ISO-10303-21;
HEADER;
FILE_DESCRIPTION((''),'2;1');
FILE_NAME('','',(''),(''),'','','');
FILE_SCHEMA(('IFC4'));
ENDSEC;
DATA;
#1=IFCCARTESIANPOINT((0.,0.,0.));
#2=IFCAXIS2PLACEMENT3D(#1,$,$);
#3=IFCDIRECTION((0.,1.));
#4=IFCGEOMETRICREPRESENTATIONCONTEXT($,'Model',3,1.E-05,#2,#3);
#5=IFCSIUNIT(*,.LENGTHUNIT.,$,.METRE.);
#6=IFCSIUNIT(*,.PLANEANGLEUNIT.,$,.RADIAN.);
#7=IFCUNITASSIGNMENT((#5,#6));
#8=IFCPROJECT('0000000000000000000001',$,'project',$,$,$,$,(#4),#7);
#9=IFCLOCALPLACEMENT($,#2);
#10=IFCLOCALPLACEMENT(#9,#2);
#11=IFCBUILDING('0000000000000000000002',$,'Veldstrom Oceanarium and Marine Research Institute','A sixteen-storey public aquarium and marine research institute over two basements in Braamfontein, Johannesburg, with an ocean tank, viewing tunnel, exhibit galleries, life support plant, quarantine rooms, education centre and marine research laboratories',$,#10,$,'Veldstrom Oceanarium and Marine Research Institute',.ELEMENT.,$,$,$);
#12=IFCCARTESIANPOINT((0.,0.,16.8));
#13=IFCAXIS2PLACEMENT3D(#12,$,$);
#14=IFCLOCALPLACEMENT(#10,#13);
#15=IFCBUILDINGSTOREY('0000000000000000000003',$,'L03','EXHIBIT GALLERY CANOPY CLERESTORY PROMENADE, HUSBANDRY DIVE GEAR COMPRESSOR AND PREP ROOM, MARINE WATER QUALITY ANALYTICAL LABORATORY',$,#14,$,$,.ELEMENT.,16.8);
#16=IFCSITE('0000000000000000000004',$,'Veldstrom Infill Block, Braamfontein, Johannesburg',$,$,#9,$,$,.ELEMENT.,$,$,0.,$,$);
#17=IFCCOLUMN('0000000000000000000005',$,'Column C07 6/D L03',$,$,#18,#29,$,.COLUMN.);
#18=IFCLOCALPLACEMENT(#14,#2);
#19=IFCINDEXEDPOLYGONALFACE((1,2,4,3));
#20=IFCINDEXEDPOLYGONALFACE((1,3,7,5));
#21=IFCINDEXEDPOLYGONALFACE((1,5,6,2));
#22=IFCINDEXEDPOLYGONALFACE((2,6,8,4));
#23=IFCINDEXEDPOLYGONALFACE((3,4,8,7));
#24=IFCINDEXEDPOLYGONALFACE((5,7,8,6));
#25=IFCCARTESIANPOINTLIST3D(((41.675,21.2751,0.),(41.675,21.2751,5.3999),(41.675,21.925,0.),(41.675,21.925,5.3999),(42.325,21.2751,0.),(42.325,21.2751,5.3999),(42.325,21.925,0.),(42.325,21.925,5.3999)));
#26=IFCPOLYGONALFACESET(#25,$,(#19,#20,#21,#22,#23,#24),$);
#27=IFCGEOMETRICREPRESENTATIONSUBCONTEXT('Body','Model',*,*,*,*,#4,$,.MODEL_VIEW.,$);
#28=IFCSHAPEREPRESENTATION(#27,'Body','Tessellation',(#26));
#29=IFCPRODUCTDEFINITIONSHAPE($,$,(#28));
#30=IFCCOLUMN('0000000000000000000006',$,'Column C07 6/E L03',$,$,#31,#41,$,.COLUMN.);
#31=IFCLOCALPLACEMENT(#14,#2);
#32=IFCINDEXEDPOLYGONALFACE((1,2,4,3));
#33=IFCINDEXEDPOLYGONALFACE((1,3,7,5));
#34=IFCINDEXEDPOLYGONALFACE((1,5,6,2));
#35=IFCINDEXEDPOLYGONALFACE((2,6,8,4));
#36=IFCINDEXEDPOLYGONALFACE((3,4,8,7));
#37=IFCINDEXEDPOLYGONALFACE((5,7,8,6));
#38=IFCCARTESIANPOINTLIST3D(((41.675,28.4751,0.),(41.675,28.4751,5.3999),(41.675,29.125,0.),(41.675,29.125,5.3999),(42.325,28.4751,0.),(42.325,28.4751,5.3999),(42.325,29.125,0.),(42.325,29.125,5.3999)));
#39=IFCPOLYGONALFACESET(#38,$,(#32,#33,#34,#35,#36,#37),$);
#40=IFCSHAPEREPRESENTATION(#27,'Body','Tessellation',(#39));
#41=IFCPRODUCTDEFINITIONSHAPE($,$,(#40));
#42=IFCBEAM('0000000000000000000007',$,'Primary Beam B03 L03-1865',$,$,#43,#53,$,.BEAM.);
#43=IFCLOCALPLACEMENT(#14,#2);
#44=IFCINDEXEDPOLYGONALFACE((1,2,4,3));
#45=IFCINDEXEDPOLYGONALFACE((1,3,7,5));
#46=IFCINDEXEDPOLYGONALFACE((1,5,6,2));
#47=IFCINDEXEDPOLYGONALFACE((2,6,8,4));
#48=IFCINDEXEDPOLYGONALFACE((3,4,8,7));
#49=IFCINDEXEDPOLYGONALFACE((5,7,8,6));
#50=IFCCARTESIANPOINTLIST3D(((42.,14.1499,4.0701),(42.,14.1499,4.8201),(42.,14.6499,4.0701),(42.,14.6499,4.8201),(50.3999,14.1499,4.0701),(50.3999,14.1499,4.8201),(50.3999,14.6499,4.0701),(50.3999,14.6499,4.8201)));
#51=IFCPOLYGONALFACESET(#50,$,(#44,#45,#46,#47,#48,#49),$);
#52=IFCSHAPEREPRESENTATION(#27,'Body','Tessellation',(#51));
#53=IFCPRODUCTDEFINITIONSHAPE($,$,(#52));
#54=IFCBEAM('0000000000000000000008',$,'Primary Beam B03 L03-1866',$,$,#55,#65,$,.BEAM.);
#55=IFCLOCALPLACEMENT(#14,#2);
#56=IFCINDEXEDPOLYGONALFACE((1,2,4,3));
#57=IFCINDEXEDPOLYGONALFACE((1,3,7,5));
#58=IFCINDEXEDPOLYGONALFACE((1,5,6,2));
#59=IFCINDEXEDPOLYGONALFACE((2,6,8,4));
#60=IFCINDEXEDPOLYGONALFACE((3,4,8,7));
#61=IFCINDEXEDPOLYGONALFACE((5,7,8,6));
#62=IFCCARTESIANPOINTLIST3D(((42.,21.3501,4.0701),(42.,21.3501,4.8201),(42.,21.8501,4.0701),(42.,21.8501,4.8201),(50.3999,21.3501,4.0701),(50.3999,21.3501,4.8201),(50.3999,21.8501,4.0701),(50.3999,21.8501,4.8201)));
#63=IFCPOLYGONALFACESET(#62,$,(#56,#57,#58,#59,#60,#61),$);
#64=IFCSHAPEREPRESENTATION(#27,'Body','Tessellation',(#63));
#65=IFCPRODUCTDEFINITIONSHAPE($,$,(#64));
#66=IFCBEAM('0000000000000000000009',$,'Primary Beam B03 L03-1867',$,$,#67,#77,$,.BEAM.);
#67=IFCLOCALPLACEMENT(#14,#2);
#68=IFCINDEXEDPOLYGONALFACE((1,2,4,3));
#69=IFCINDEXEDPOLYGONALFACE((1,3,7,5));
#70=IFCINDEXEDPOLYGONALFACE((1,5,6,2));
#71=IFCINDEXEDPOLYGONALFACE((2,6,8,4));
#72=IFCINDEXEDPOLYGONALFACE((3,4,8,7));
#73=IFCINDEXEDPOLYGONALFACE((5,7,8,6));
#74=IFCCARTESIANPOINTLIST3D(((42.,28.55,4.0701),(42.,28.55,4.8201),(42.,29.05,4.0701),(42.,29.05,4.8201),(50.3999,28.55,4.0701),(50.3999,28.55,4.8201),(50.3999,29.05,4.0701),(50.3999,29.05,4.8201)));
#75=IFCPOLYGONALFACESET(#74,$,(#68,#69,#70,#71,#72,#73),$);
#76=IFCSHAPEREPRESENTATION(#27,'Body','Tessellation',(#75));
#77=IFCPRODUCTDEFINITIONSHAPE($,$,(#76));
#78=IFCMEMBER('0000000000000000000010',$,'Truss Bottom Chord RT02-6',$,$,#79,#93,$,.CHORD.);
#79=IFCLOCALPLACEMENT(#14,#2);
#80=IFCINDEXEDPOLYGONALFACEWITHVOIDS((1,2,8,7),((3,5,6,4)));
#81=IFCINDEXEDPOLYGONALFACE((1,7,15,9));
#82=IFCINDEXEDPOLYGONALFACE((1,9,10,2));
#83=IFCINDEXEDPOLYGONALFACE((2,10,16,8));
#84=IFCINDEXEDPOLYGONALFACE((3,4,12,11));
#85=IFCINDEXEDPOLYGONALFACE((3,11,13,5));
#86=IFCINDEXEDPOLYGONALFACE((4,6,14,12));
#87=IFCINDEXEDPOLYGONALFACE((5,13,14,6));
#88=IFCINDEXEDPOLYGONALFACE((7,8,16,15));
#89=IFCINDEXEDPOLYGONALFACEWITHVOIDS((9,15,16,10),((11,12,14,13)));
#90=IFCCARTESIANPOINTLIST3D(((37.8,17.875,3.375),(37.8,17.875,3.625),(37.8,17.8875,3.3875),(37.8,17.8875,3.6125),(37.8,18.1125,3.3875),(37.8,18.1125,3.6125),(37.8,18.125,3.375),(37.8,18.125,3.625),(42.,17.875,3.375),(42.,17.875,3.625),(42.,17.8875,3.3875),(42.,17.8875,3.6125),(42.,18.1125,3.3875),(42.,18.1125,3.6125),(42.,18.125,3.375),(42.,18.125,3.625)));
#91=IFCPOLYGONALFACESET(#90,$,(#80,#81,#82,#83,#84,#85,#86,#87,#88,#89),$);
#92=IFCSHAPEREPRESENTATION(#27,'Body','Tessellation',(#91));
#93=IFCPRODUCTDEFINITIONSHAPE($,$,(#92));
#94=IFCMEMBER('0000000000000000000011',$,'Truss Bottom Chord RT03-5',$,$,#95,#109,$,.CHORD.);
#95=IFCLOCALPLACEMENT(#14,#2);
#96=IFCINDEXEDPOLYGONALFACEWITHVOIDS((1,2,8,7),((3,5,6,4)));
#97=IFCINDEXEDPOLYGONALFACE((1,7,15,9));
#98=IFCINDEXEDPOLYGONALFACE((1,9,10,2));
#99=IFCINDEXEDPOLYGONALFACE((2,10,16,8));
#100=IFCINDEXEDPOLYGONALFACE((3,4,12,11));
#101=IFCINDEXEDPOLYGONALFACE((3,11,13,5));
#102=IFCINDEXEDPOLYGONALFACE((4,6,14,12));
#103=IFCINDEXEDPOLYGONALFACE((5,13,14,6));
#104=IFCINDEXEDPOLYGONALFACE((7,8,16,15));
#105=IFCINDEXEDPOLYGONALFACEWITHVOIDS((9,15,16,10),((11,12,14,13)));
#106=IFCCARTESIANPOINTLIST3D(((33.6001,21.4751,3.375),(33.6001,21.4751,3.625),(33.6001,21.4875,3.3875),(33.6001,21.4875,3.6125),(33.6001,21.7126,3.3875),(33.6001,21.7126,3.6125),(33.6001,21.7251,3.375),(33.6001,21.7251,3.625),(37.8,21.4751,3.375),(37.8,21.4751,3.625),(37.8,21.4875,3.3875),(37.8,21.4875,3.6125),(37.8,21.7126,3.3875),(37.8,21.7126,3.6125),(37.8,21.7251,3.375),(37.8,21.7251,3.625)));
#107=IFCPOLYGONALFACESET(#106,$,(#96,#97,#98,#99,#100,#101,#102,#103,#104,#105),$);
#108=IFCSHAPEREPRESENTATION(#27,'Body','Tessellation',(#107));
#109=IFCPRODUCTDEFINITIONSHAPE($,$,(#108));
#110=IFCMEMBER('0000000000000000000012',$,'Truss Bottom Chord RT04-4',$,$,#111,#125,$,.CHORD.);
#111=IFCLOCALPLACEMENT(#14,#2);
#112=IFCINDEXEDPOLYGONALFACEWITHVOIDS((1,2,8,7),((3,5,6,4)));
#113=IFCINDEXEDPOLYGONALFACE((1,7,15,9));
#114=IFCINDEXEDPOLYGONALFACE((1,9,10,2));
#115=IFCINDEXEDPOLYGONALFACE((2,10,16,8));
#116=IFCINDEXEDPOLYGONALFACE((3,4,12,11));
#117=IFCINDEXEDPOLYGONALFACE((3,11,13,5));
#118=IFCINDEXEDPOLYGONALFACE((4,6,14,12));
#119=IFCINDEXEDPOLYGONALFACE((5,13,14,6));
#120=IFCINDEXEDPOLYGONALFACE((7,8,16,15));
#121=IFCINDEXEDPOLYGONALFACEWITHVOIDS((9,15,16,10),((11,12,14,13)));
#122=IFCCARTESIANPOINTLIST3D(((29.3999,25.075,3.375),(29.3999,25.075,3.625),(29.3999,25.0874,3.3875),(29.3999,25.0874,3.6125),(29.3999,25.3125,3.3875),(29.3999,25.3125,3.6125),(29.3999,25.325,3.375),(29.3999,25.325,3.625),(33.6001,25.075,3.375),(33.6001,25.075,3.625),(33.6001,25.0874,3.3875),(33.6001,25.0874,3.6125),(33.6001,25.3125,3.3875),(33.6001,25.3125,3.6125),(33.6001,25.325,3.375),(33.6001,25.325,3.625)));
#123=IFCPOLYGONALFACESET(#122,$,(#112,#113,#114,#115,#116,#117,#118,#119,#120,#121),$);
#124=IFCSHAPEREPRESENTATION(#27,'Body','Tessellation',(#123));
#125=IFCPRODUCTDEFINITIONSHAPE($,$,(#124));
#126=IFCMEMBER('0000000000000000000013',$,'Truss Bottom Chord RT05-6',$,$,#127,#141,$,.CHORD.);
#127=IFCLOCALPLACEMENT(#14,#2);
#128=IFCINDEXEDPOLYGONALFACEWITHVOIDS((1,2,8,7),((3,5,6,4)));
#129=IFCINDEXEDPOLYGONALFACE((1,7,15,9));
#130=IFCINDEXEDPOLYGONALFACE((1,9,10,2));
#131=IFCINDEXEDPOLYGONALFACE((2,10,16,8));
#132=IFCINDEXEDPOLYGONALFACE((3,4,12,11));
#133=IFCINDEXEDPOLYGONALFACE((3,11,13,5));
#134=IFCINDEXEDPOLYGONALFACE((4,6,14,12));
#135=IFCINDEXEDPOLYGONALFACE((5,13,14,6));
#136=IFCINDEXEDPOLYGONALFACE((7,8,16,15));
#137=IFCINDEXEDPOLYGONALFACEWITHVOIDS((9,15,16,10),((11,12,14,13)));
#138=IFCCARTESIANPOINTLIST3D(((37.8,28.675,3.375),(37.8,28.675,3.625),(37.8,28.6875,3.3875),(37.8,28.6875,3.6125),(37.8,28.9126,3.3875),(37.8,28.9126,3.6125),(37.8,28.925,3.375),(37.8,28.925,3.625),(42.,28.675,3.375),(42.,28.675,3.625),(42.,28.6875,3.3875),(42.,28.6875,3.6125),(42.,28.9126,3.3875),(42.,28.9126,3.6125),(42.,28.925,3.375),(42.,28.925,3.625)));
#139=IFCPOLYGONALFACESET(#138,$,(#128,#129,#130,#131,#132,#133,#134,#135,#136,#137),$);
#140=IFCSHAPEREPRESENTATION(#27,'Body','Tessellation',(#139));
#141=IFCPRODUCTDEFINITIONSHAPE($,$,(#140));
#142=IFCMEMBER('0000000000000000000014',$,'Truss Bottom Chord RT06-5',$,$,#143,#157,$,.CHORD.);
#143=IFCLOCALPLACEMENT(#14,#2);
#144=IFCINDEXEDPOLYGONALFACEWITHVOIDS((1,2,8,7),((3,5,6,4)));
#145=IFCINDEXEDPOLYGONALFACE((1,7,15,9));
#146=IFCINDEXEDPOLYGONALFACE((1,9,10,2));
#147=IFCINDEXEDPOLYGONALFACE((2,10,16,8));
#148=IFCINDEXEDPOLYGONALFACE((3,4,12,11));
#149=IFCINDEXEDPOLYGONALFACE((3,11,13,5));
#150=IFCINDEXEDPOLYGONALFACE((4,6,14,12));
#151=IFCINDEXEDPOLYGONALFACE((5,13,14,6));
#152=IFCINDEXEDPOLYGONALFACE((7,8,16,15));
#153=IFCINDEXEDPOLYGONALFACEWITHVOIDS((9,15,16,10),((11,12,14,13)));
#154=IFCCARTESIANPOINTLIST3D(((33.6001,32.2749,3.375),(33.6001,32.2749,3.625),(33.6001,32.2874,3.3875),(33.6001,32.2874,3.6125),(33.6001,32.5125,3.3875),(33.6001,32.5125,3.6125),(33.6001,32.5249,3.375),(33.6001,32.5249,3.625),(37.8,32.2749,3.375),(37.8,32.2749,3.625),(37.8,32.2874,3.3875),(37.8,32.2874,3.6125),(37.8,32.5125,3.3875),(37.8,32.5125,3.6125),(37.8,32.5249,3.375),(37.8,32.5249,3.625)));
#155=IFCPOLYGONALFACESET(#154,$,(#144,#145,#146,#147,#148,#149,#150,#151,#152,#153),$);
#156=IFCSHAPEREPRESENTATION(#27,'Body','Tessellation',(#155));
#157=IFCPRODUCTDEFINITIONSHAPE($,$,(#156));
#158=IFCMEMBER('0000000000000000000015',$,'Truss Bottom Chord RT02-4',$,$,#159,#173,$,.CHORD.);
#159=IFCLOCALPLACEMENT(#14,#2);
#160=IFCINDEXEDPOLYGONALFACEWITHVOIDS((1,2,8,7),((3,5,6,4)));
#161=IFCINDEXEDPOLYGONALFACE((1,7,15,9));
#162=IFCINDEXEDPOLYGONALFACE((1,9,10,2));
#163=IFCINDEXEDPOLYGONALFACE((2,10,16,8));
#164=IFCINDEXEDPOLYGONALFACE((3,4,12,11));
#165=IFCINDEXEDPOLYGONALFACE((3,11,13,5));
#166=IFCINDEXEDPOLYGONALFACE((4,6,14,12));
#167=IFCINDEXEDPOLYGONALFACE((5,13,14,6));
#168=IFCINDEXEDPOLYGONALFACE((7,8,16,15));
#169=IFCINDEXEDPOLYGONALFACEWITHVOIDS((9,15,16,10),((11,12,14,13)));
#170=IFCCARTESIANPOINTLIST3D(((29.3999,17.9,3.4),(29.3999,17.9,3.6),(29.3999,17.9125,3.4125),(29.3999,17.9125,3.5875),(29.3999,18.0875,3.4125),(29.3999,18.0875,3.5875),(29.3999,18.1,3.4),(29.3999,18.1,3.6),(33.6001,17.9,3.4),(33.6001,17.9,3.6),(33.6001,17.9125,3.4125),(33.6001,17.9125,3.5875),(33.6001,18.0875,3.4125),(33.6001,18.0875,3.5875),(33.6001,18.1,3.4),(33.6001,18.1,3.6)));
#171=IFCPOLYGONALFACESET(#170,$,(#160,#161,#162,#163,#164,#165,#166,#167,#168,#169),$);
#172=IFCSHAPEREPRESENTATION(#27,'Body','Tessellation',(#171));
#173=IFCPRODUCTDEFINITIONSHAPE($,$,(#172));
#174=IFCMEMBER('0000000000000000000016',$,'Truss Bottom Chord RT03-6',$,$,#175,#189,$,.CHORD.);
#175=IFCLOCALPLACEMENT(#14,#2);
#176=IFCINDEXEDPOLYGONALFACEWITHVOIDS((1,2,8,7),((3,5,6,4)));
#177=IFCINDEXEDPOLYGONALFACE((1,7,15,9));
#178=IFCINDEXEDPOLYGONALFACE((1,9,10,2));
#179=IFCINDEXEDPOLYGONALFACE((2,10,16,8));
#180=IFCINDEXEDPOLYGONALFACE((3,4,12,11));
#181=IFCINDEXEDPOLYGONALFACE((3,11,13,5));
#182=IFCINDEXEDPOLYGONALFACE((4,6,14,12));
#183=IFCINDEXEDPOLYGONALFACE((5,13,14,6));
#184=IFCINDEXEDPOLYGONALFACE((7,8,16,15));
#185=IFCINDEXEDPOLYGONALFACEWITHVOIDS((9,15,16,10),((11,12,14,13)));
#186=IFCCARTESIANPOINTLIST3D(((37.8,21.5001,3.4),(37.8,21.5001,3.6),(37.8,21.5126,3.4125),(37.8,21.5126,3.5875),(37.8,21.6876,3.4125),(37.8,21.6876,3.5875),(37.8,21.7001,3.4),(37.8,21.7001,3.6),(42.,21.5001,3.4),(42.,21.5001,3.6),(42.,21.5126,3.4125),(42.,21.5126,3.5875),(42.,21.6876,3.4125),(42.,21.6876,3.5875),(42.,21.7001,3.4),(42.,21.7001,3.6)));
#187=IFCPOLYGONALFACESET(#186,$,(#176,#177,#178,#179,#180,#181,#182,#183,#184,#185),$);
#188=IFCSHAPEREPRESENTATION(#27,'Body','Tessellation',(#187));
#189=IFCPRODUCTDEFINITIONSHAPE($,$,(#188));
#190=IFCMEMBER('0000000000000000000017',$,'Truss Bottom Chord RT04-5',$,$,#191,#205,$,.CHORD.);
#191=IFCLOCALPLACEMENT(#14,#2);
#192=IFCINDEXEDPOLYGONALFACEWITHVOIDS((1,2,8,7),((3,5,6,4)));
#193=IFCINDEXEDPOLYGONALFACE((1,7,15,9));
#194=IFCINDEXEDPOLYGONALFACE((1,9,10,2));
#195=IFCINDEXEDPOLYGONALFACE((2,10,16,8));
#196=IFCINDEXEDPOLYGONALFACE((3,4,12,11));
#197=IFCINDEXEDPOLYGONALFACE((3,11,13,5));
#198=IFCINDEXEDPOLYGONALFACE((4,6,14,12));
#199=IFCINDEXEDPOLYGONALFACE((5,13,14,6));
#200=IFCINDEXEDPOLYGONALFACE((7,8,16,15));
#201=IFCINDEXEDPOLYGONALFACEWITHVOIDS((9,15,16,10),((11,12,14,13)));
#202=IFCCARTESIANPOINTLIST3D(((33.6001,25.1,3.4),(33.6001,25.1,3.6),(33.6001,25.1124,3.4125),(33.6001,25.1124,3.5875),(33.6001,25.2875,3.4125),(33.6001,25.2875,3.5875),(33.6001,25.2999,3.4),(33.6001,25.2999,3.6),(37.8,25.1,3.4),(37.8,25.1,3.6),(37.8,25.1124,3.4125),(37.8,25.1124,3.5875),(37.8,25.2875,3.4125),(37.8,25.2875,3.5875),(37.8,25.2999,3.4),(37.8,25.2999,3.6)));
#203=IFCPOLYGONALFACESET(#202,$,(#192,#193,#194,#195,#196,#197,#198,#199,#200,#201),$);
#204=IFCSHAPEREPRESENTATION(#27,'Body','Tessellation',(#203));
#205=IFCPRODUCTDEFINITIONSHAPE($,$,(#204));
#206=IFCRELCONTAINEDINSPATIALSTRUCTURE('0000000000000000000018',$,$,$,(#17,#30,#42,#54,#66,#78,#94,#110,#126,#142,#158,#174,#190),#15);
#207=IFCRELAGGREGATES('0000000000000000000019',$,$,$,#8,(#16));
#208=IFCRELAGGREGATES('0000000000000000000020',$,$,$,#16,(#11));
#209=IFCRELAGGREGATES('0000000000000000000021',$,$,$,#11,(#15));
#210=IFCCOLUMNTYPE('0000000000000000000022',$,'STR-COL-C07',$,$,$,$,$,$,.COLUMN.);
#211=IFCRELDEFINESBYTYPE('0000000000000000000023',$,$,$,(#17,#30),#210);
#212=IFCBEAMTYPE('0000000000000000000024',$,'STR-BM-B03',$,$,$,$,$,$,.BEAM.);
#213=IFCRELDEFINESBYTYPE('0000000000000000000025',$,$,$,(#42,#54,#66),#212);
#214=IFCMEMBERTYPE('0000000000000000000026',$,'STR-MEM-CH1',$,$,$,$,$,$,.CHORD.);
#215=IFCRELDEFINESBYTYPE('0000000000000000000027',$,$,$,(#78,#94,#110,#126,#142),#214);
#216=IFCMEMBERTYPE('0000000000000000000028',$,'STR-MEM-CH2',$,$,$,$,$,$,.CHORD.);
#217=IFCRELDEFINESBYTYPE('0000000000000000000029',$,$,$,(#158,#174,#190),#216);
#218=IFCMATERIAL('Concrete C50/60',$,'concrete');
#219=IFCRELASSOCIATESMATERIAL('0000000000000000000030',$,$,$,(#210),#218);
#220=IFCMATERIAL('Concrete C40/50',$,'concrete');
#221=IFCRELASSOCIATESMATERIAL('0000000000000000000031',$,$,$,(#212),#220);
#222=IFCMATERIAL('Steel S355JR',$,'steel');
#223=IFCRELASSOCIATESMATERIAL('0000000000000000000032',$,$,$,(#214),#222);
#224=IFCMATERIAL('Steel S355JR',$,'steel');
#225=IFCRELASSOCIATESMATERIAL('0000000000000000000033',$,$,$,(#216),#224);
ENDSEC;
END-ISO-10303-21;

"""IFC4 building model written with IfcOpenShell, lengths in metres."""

from ifc_helpers import new_model, si_unit, direction, frame, origin, origin_2d, place, context, subcontext, project, spatial, rectangle, hollow_rectangle, extrude, material, material_profile, profile_set, type_object, element, save


model = new_model("IFC4")

# Units and contexts
model_context = context("Model", 3, precision=1e-05, world=origin(), true_north=direction((0.0, 1.0)))
body_context = subcontext(model_context, "Body", "Model", "MODEL_VIEW")
ifc_project = project(units=[si_unit("LENGTHUNIT", "METRE"), si_unit("PLANEANGLEUNIT", "RADIAN")], contexts=[model_context])

# Site, building, storey
site_placement = place(None, origin())
site = spatial("IfcSite", under=ifc_project, at=site_placement, Name="Veldstrom Infill Block, Braamfontein, Johannesburg", CompositionType="ELEMENT", RefElevation=0.0)
building_placement = place(site_placement, origin())
building = spatial("IfcBuilding", under=site, at=building_placement, Name="Veldstrom Oceanarium and Marine Research Institute", Description="A sixteen-storey public aquarium and marine research institute over two basements in Braamfontein, Johannesburg, with an ocean tank, viewing tunnel, exhibit galleries, life support plant, quarantine rooms, education centre and marine research laboratories", LongName="Veldstrom Oceanarium and Marine Research Institute", CompositionType="ELEMENT")
storey_placement = place(building_placement, frame((0.0, 0.0, 16.8)))
storey = spatial("IfcBuildingStorey", under=building, at=storey_placement, Name="L03", Description="EXHIBIT GALLERY CANOPY CLERESTORY PROMENADE, HUSBANDRY DIVE GEAR COMPRESSOR AND PREP ROOM, MARINE WATER QUALITY ANALYTICAL LABORATORY", CompositionType="ELEMENT", Elevation=16.8)

# Columns
ifc_material_1 = material(Name="Concrete C50/60", Category="concrete")
ifc_material_profile_1 = material_profile(ifc_material_1, rectangle(XDim=0.6499, YDim=0.6499, at=origin_2d()), Name="RC-COL-650x650")
ifc_profile_set_1 = profile_set([ifc_material_profile_1], Name="Concrete C50/60")
column_type = type_object("IfcColumnType", Name="STR-COL-C07", PredefinedType="COLUMN", material=ifc_profile_set_1)
for number, where, z_axis, x_axis, name in (
    (1, (42.0, 21.6001, 0.0), (0.0, 0.0, 1.0), (1.0, 0.0, 0.0), "Column C07 6/D L03"),
    (2, (42.0, 28.8, 0.0), (0.0, 0.0, 1.0), (1.0, 0.0, 0.0), "Column C07 6/E L03"),
):
    element("IfcColumn", number, at=place(storey_placement, frame(where, z_axis=z_axis, x_axis=x_axis)), inside=storey, type_object=column_type, Name=name, PredefinedType="COLUMN", context=body_context, shape_type="SweptSolid", body=[
        extrude(rectangle(XDim=0.6499, YDim=0.6499, at=origin_2d()), origin(), (0.0, 0.0, 1.0), 5.3999),
    ])

# Beams
ifc_material_2 = material(Name="Concrete C40/50", Category="concrete")
ifc_material_profile_2 = material_profile(ifc_material_2, rectangle(XDim=0.5, YDim=0.75, at=origin_2d()), Name="RC-BM-500x750")
ifc_profile_set_2 = profile_set([ifc_material_profile_2], Name="Concrete C40/50")
beam_type_1 = type_object("IfcBeamType", Name="STR-BM-B03", PredefinedType="BEAM", material=ifc_profile_set_2)
for number, where, z_axis, x_axis, name in (
    (3, (42.0, 14.3999, 4.4451), (1.0, 0.0, 0.0), (0.0, 1.0, 0.0), "Primary Beam B03 L03-1865"),
    (4, (42.0, 21.6001, 4.4451), (1.0, 0.0, 0.0), (0.0, 1.0, 0.0), "Primary Beam B03 L03-1866"),
    (5, (42.0, 28.8, 4.4451), (1.0, 0.0, 0.0), (0.0, 1.0, 0.0), "Primary Beam B03 L03-1867"),
):
    element("IfcBeam", number, at=place(storey_placement, frame(where, z_axis=z_axis, x_axis=x_axis)), inside=storey, type_object=beam_type_1, Name=name, PredefinedType="BEAM", context=body_context, shape_type="SweptSolid", body=[
        extrude(rectangle(XDim=0.5, YDim=0.75, at=origin_2d()), origin(), (0.0, 0.0, 1.0), 8.3999),
    ])

# Members
ifc_material_3 = material(Name="Steel S355JR", Category="steel")
ifc_material_profile_3 = material_profile(ifc_material_3, hollow_rectangle(XDim=0.25, YDim=0.25, WallThickness=0.0125, at=origin_2d()), Name="SHS 250x250x12.5")
ifc_profile_set_3 = profile_set([ifc_material_profile_3], Name="Steel S355JR")
member_type_1 = type_object("IfcMemberType", Name="STR-MEM-CH1", PredefinedType="CHORD", material=ifc_profile_set_3)
for number, where, z_axis, x_axis, name in (
    (6, (37.8, 18.0, 3.5), (1.0, 0.0, 0.0), (0.0, 1.0, 0.0), "Truss Bottom Chord RT02-6"),
    (7, (33.6001, 21.6001, 3.5), (1.0, 0.0, 0.0), (0.0, 1.0, 0.0), "Truss Bottom Chord RT03-5"),
):
    element("IfcMember", number, at=place(storey_placement, frame(where, z_axis=z_axis, x_axis=x_axis)), inside=storey, type_object=member_type_1, Name=name, PredefinedType="CHORD", context=body_context, shape_type="SweptSolid", body=[
        extrude(hollow_rectangle(XDim=0.25, YDim=0.25, WallThickness=0.0125, at=origin_2d()), origin(), (0.0, 0.0, 1.0), 4.2),
    ])
member_1_placement = place(storey_placement, frame((29.3999, 25.2, 3.5), z_axis=(1.0, 0.0, 0.0), x_axis=(0.0, 1.0, 0.0)))
element("IfcMember", 8, at=member_1_placement, inside=storey, type_object=member_type_1, Name="Truss Bottom Chord RT04-4", PredefinedType="CHORD", context=body_context, shape_type="SweptSolid", body=[
    extrude(hollow_rectangle(XDim=0.25, YDim=0.25, WallThickness=0.0125, at=origin_2d()), origin(), (0.0, 0.0, 1.0), 4.2002),
])
for number, where, z_axis, x_axis, name in (
    (9, (37.8, 28.8, 3.5), (1.0, 0.0, 0.0), (0.0, 1.0, 0.0), "Truss Bottom Chord RT05-6"),
    (10, (33.6001, 32.3999, 3.5), (1.0, 0.0, 0.0), (0.0, 1.0, 0.0), "Truss Bottom Chord RT06-5"),
):
    element("IfcMember", number, at=place(storey_placement, frame(where, z_axis=z_axis, x_axis=x_axis)), inside=storey, type_object=member_type_1, Name=name, PredefinedType="CHORD", context=body_context, shape_type="SweptSolid", body=[
        extrude(hollow_rectangle(XDim=0.25, YDim=0.25, WallThickness=0.0125, at=origin_2d()), origin(), (0.0, 0.0, 1.0), 4.2),
    ])
ifc_material_4 = material(Name="Steel S355JR", Category="steel")
ifc_material_profile_4 = material_profile(ifc_material_4, hollow_rectangle(XDim=0.2, YDim=0.2, WallThickness=0.0125, at=origin_2d()), Name="SHS 200x200x12.5")
ifc_profile_set_4 = profile_set([ifc_material_profile_4], Name="Steel S355JR")
member_type_2 = type_object("IfcMemberType", Name="STR-MEM-CH2", PredefinedType="CHORD", material=ifc_profile_set_4)
member_2_placement = place(storey_placement, frame((29.3999, 18.0, 3.5), z_axis=(1.0, 0.0, 0.0), x_axis=(0.0, 1.0, 0.0)))
element("IfcMember", 11, at=member_2_placement, inside=storey, type_object=member_type_2, Name="Truss Bottom Chord RT02-4", PredefinedType="CHORD", context=body_context, shape_type="SweptSolid", body=[
    extrude(hollow_rectangle(XDim=0.2, YDim=0.2, WallThickness=0.0125, at=origin_2d()), origin(), (0.0, 0.0, 1.0), 4.2002),
])
for number, where, z_axis, x_axis, name in (
    (12, (37.8, 21.6001, 3.5), (1.0, 0.0, 0.0), (0.0, 1.0, 0.0), "Truss Bottom Chord RT03-6"),
    (13, (33.6001, 25.2, 3.5), (1.0, 0.0, 0.0), (0.0, 1.0, 0.0), "Truss Bottom Chord RT04-5"),
):
    element("IfcMember", number, at=place(storey_placement, frame(where, z_axis=z_axis, x_axis=x_axis)), inside=storey, type_object=member_type_2, Name=name, PredefinedType="CHORD", context=body_context, shape_type="SweptSolid", body=[
        extrude(hollow_rectangle(XDim=0.2, YDim=0.2, WallThickness=0.0125, at=origin_2d()), origin(), (0.0, 0.0, 1.0), 4.2),
    ])

save(model, "model.ifc")
